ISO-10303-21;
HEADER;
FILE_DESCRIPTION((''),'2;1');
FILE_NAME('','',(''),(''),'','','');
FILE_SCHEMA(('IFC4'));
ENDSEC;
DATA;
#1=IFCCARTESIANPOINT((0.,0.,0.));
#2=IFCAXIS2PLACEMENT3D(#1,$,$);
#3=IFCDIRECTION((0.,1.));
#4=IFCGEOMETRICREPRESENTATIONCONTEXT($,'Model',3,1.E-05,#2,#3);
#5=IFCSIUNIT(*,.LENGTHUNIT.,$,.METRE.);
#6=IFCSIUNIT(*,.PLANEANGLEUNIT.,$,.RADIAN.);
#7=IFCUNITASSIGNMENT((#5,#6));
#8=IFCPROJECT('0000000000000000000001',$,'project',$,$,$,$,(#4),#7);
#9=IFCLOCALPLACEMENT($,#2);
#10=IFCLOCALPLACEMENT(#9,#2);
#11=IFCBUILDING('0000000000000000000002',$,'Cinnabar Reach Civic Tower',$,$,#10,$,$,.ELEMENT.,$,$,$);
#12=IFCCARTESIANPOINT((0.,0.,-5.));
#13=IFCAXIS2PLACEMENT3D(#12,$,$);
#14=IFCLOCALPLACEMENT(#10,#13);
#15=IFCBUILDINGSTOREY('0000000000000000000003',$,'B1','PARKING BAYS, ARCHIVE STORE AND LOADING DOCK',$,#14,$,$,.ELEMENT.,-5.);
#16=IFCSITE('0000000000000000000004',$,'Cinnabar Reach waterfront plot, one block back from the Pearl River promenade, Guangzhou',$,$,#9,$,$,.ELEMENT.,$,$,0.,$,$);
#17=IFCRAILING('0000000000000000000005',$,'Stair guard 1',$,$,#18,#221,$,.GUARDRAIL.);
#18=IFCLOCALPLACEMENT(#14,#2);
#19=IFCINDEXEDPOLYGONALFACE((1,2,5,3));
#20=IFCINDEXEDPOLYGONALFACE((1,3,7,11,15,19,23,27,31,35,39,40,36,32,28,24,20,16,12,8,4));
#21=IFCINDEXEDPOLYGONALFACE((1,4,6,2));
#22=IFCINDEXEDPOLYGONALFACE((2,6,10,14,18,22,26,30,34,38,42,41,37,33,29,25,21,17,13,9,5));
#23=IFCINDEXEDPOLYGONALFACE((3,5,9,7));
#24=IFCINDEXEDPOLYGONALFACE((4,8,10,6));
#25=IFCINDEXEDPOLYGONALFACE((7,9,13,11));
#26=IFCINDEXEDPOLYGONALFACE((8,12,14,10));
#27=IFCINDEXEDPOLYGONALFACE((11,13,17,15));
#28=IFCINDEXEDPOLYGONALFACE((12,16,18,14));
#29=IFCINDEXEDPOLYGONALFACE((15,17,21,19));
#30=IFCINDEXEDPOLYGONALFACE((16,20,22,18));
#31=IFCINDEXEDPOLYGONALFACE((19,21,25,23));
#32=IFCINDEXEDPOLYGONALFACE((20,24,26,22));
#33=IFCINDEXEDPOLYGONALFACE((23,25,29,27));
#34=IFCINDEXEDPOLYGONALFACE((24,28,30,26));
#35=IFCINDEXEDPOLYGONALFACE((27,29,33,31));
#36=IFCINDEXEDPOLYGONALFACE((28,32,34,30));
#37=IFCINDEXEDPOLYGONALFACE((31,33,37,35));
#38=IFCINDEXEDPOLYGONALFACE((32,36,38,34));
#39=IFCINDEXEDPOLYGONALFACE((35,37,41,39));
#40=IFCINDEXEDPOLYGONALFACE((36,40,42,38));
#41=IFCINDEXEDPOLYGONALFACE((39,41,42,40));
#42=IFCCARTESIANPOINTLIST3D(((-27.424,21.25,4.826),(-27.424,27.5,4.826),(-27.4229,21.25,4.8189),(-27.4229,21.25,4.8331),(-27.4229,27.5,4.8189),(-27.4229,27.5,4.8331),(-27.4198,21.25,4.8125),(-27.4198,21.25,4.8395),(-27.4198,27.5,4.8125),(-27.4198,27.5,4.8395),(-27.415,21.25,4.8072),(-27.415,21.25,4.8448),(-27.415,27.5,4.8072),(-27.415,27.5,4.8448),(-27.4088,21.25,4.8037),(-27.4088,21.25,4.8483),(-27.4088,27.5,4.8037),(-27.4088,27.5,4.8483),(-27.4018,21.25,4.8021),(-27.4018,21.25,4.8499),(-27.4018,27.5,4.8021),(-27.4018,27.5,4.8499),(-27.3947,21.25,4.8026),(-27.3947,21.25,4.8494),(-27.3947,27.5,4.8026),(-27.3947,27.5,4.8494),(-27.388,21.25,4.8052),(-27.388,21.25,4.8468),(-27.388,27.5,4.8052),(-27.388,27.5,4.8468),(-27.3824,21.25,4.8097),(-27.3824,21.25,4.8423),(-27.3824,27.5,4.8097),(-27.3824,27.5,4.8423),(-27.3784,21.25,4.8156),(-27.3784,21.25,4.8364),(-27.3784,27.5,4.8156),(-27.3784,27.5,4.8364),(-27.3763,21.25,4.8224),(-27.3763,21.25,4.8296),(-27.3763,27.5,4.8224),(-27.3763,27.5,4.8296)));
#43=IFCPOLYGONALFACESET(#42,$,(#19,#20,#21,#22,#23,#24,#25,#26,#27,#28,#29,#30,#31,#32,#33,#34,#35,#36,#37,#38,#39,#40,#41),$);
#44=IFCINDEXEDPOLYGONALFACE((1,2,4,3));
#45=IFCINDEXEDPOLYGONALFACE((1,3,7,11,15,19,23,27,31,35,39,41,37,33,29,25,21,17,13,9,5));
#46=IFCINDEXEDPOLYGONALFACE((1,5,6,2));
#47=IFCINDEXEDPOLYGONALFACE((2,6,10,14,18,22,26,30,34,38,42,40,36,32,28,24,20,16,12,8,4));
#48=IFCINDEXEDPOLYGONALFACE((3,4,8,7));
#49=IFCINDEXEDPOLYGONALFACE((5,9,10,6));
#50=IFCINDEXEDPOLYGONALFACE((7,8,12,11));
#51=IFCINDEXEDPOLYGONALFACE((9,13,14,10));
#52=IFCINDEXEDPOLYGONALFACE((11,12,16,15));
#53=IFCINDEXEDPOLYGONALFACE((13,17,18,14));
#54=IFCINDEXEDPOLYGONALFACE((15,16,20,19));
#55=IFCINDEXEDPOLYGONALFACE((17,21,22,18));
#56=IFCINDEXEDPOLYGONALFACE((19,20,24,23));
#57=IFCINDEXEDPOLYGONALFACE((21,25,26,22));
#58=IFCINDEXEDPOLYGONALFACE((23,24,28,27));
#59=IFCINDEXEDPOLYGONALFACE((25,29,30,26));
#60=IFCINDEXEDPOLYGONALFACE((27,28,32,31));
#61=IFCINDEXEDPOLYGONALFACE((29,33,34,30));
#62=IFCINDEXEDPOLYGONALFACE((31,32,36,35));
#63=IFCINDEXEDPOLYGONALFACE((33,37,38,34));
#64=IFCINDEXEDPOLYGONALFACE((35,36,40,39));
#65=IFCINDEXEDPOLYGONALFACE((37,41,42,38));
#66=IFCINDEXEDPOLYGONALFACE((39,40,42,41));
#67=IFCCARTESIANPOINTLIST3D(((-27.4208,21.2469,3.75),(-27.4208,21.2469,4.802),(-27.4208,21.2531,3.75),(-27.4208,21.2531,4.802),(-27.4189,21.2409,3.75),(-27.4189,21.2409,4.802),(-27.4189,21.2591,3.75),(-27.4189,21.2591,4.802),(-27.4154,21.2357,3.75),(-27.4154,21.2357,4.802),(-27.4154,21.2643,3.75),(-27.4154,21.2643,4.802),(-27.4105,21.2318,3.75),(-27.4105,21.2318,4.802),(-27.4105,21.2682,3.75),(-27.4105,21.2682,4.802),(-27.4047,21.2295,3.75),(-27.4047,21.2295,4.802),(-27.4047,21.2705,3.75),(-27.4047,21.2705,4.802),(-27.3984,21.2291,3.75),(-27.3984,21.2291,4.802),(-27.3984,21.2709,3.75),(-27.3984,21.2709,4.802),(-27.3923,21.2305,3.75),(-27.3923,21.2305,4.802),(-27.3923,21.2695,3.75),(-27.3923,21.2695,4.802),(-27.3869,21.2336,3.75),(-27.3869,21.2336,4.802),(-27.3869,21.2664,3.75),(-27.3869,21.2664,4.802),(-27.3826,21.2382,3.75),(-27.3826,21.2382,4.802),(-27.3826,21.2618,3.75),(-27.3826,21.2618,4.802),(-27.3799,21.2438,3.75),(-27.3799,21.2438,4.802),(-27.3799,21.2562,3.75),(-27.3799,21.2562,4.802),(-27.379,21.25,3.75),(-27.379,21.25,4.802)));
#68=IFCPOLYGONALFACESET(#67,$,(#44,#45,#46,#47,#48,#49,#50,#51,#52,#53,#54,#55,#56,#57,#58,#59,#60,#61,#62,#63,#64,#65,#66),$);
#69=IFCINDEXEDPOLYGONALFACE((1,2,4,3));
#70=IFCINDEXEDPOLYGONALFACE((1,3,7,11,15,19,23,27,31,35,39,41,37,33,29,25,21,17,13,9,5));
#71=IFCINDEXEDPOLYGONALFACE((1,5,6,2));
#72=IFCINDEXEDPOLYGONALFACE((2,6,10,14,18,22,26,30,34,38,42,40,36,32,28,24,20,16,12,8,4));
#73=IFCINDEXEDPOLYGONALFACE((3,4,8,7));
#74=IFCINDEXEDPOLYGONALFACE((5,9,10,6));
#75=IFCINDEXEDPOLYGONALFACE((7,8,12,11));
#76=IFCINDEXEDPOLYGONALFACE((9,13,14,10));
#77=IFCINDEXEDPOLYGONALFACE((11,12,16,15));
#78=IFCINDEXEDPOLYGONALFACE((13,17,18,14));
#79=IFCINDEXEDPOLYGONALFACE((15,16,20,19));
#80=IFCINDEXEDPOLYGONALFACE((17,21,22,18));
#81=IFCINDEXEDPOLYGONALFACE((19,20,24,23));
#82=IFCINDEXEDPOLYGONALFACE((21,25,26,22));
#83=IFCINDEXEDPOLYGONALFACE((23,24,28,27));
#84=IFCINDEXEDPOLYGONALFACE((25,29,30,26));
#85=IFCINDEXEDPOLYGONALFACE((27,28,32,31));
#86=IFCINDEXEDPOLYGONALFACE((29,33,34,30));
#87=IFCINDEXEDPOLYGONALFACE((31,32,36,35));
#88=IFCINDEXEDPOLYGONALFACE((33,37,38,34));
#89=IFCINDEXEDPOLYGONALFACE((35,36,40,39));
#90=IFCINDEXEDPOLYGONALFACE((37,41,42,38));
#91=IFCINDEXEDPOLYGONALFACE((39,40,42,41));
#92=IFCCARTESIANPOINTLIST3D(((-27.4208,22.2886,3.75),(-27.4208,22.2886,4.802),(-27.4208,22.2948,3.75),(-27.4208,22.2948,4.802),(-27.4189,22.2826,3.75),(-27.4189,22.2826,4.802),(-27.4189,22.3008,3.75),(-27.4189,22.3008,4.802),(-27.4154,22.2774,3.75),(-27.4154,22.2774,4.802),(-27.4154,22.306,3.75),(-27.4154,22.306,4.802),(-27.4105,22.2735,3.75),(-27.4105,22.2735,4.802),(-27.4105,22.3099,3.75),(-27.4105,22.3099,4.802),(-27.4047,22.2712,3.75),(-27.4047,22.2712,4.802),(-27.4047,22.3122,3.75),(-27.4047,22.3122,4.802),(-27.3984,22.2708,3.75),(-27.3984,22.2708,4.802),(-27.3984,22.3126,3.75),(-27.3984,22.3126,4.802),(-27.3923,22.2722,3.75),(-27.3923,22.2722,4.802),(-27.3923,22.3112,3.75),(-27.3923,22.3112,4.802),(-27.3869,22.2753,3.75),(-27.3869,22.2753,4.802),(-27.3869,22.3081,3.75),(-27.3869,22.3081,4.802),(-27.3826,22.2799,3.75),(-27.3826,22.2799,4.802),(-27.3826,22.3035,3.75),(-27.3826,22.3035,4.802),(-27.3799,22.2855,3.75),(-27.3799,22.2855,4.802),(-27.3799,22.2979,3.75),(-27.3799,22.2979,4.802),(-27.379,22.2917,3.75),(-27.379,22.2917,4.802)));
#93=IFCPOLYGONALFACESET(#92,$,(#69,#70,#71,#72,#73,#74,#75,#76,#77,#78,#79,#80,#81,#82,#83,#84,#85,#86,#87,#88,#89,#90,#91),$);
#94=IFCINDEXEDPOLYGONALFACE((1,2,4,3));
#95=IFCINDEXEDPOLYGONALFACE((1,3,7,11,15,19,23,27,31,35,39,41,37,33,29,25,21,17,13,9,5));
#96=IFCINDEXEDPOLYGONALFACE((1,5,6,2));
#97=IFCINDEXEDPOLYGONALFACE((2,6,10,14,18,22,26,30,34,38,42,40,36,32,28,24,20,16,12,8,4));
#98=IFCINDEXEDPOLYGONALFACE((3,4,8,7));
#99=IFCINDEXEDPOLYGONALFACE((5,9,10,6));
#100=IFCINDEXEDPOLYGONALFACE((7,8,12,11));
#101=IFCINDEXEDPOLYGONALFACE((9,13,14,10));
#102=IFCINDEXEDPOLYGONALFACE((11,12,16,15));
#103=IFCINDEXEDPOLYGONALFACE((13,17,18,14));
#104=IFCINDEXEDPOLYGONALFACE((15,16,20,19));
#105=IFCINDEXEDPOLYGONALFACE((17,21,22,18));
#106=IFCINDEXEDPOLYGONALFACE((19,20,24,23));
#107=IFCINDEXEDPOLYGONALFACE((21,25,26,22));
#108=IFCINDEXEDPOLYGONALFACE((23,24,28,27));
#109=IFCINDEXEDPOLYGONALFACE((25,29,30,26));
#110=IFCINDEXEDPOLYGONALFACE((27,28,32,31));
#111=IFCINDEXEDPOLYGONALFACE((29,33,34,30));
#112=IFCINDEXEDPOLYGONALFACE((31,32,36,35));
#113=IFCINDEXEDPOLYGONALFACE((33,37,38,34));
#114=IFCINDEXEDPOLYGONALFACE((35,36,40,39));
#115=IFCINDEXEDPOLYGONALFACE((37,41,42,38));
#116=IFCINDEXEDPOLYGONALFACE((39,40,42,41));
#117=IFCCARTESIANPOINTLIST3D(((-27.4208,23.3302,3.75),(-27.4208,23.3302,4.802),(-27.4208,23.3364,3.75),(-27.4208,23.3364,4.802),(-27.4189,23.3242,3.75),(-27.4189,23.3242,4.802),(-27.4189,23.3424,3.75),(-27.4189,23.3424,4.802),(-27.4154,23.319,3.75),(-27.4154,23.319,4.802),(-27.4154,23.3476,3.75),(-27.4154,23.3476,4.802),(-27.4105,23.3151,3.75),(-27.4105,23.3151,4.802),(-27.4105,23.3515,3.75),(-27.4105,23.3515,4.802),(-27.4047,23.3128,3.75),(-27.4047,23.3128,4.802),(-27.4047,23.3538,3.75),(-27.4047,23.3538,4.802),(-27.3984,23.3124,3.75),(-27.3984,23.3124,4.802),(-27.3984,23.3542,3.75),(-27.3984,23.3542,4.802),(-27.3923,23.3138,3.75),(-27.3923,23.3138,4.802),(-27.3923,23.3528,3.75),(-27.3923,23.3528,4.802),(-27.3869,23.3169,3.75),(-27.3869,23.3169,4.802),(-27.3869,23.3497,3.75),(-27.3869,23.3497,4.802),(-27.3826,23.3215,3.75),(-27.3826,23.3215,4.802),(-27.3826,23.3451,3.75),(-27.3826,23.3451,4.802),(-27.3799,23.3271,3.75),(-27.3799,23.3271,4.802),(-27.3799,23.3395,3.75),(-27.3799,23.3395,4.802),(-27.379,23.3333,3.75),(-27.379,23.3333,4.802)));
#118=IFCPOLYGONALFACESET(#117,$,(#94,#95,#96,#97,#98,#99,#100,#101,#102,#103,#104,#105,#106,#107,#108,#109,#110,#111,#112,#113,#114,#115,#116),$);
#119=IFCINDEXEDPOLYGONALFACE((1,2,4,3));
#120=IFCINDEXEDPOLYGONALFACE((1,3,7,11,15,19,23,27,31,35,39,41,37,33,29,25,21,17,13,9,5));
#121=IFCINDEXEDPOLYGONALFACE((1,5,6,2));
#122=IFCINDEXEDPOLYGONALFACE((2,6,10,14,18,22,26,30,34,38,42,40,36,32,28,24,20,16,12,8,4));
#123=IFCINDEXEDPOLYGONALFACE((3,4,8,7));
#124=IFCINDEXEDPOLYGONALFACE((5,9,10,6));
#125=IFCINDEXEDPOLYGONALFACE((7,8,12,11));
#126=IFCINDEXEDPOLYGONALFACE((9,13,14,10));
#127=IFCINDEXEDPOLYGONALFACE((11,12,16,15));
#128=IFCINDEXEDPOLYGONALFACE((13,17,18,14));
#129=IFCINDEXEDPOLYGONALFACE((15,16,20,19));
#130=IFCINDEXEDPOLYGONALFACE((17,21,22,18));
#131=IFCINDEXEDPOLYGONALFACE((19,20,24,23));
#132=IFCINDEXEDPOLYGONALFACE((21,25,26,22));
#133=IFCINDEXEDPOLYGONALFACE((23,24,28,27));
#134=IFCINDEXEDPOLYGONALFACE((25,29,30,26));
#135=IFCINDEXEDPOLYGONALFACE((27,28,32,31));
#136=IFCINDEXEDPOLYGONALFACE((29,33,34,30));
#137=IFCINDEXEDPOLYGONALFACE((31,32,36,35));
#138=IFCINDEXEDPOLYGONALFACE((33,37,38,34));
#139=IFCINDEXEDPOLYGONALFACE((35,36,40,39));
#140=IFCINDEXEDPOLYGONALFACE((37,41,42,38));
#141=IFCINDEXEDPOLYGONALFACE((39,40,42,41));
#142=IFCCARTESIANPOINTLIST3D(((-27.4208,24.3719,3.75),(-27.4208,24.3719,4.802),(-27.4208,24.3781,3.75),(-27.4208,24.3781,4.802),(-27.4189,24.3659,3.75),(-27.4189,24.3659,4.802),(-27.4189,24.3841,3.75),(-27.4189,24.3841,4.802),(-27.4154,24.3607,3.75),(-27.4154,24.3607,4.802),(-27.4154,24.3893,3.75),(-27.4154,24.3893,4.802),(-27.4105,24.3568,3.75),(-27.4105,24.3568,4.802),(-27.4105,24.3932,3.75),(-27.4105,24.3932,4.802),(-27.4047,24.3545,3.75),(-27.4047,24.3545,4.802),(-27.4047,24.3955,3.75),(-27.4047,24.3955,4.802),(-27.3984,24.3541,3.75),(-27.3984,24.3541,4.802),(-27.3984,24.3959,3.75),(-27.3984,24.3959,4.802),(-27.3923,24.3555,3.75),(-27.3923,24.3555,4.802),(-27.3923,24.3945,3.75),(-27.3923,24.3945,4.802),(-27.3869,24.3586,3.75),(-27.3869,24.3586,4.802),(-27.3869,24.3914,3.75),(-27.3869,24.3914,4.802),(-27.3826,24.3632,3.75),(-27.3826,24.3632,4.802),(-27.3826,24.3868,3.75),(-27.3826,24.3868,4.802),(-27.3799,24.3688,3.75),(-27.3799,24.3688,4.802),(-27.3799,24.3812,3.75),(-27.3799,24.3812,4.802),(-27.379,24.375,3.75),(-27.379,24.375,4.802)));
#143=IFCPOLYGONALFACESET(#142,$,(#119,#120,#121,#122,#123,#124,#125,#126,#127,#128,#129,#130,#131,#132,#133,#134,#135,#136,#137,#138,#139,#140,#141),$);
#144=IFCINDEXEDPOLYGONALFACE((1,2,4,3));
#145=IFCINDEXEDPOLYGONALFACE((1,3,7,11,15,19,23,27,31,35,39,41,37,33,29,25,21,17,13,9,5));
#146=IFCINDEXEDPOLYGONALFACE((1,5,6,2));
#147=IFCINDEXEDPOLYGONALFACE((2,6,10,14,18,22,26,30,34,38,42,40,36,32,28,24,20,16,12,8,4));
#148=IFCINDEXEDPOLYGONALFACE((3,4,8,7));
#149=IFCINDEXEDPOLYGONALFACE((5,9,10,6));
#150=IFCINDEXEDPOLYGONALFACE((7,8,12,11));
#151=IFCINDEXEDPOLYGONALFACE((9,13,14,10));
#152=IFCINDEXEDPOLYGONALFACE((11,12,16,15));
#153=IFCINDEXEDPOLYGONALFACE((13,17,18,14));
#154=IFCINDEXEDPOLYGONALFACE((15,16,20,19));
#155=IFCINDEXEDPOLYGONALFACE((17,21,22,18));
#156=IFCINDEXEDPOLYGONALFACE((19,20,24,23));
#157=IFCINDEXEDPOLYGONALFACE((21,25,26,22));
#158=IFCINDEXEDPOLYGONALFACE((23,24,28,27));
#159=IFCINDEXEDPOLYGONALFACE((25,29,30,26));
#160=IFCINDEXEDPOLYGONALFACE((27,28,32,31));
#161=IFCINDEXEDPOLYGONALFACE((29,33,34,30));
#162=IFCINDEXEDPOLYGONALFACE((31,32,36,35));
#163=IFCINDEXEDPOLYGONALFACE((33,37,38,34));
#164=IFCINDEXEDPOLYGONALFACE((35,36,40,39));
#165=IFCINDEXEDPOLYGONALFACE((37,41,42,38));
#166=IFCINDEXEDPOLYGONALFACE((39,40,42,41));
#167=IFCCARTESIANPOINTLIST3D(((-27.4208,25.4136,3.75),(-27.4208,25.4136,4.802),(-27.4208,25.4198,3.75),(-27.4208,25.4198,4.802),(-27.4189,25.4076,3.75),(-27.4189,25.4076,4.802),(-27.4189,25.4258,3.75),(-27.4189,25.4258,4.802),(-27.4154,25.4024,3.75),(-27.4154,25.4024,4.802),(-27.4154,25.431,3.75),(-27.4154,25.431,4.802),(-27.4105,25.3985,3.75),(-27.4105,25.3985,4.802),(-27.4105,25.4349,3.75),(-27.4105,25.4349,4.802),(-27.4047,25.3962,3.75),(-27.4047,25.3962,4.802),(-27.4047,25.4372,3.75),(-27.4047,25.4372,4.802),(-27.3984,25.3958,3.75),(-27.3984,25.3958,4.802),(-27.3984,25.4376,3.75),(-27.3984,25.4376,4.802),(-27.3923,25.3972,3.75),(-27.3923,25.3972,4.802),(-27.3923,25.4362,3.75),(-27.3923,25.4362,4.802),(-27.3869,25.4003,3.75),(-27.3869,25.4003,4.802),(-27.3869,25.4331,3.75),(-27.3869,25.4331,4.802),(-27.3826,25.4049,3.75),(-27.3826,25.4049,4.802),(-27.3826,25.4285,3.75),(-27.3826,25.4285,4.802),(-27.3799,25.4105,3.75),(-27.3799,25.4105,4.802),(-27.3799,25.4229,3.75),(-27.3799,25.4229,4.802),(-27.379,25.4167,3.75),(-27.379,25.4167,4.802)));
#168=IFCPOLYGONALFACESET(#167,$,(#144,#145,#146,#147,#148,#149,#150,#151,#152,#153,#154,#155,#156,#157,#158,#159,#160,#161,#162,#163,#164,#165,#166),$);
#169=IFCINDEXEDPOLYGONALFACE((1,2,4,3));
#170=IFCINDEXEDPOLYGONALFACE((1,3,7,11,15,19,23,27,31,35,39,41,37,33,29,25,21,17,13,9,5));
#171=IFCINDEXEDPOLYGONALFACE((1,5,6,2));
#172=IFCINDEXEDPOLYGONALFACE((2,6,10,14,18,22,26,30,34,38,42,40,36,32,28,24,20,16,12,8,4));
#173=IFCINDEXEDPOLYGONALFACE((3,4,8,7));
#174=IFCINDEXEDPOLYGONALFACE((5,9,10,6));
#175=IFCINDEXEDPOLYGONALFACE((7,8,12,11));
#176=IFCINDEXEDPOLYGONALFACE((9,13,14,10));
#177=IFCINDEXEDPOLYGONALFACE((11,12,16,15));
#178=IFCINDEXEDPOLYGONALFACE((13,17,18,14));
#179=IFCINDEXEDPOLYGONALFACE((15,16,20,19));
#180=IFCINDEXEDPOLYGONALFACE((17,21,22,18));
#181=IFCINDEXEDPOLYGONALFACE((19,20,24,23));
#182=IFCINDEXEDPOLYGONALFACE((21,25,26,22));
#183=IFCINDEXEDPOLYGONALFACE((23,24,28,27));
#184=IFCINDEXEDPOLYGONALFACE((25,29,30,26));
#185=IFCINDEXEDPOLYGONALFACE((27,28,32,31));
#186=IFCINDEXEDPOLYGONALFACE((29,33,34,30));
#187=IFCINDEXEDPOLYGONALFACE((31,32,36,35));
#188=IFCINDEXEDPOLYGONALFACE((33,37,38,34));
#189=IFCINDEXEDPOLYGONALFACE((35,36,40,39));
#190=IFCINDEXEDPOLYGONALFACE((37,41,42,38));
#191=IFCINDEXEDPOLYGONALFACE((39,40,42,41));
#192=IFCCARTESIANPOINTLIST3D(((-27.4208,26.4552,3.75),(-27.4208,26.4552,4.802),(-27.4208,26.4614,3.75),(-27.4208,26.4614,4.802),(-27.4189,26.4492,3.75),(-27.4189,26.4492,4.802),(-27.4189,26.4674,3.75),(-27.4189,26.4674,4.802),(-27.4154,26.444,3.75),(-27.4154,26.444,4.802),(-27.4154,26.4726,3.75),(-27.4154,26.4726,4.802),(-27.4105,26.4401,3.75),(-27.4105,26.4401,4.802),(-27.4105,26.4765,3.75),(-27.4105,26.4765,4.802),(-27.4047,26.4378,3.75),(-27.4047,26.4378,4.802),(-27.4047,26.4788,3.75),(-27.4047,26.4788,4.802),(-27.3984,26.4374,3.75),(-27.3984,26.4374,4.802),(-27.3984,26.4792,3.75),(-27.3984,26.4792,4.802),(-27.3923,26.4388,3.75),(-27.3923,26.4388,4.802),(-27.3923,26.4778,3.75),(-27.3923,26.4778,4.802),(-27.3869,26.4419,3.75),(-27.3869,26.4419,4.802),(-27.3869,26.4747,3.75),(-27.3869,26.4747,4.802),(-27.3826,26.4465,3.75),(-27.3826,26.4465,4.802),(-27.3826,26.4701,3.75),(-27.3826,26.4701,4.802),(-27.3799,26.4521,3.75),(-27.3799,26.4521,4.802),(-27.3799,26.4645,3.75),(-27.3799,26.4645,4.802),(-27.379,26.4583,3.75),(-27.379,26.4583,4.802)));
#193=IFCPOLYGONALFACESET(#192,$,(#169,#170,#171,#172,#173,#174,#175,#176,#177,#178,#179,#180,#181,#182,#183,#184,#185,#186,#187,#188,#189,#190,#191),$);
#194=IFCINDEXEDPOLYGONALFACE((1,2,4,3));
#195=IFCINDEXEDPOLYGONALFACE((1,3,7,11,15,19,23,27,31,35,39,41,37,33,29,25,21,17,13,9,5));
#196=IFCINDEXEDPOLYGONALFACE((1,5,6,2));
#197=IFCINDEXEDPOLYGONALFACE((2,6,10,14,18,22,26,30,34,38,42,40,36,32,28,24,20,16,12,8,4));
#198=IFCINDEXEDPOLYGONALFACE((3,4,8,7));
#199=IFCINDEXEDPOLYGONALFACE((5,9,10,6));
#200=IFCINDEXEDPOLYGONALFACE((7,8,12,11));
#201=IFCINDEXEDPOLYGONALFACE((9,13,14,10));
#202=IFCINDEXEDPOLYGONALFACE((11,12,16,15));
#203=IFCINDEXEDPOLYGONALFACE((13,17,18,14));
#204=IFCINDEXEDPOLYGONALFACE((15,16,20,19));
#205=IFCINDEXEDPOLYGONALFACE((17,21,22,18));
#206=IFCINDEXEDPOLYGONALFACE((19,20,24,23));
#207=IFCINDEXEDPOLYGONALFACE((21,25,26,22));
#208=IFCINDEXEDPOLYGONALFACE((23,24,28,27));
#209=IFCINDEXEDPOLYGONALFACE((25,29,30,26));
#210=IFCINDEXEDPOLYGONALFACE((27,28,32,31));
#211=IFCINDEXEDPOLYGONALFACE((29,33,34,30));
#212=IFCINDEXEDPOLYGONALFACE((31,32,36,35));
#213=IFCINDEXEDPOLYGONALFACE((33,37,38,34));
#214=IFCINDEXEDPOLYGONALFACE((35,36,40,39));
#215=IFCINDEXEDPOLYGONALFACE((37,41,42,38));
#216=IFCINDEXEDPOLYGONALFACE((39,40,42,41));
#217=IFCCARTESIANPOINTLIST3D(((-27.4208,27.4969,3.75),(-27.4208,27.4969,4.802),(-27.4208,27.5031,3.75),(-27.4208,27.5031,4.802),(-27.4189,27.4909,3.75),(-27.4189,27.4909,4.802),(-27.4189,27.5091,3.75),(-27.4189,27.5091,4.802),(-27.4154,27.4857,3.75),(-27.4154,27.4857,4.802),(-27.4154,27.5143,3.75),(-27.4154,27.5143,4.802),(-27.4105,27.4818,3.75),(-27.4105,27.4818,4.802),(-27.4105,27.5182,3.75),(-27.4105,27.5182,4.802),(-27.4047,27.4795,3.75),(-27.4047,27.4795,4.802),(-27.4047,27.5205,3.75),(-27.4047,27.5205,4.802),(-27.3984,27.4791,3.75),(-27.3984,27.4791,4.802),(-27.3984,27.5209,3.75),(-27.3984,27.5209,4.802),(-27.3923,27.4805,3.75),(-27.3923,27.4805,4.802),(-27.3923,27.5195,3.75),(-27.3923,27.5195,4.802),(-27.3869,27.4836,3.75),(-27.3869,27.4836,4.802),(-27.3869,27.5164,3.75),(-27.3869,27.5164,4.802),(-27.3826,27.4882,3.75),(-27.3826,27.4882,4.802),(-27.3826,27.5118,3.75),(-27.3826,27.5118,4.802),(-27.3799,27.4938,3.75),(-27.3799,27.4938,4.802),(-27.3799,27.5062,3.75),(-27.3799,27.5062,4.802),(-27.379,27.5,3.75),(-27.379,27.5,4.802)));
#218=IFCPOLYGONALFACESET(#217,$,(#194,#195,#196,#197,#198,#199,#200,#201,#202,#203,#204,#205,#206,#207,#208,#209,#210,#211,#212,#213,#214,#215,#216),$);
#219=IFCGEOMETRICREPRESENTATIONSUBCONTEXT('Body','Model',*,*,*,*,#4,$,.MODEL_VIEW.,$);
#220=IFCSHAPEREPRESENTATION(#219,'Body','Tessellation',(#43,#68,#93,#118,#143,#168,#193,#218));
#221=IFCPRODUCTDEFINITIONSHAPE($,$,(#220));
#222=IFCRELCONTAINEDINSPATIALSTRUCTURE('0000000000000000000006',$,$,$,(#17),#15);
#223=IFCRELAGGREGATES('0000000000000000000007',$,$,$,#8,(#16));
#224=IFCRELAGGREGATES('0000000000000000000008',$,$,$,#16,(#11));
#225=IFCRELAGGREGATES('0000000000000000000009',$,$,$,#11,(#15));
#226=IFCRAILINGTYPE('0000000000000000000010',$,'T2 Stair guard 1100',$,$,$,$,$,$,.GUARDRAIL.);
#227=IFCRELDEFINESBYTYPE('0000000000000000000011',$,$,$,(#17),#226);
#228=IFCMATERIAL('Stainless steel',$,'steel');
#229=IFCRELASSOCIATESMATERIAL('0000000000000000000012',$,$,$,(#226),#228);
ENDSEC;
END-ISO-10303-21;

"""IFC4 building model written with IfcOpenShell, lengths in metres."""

from ifc_helpers import new_model, si_unit, direction, frame, origin, origin_2d, place, context, subcontext, project, spatial, circle, extrude, material, type_object, element, save


model = new_model("IFC4")

# Units and contexts
model_context = context("Model", 3, precision=1e-05, world=origin(), true_north=direction((0.0, 1.0)))
body_context = subcontext(model_context, "Body", "Model", "MODEL_VIEW")
ifc_project = project(units=[si_unit("LENGTHUNIT", "METRE"), si_unit("PLANEANGLEUNIT", "RADIAN")], contexts=[model_context])

# Site, building, storey
site_placement = place(None, origin())
site = spatial("IfcSite", under=ifc_project, at=site_placement, Name="Cinnabar Reach waterfront plot, one block back from the Pearl River promenade, Guangzhou", CompositionType="ELEMENT", RefElevation=0.0)
building_placement = place(site_placement, origin())
building = spatial("IfcBuilding", under=site, at=building_placement, Name="Cinnabar Reach Civic Tower", CompositionType="ELEMENT")
storey_placement = place(building_placement, frame((0.0, 0.0, -5.0)))
storey = spatial("IfcBuildingStorey", under=building, at=storey_placement, Name="B1", Description="PARKING BAYS, ARCHIVE STORE AND LOADING DOCK", CompositionType="ELEMENT", Elevation=-5.0)

# Railing
ifc_material_1 = material(Name="Stainless steel", Category="steel")
railing_type_1 = type_object("IfcRailingType", Name="T2 Stair guard 1100", PredefinedType="GUARDRAIL", material=ifc_material_1)
for number, where, name in (
    (1, (-27.4, 21.25, 3.75), "Stair guard 1"),
):
    element("IfcRailing", number, at=place(storey_placement, frame(where)), inside=storey, type_object=railing_type_1, Name=name, PredefinedType="GUARDRAIL", context=body_context, shape_type="SweptSolid", body=[
        extrude(circle(Radius=0.024, at=origin_2d()), frame((0.0, 0.0, 1.076), z_axis=(0.0, 1.0, 0.0), x_axis=(-1.0, 0.0, 0.0)), (0.0, 0.0, 1.0), 6.25),
        extrude(circle(Radius=0.021, at=origin_2d()), origin(), (0.0, 0.0, 1.0), 1.052),
        extrude(circle(Radius=0.021, at=origin_2d()), frame((0.0, 1.0417, 0.0)), (0.0, 0.0, 1.0), 1.052),
        extrude(circle(Radius=0.021, at=origin_2d()), frame((0.0, 2.0833, 0.0)), (0.0, 0.0, 1.0), 1.052),
        extrude(circle(Radius=0.021, at=origin_2d()), frame((0.0, 3.125, 0.0)), (0.0, 0.0, 1.0), 1.052),
        extrude(circle(Radius=0.021, at=origin_2d()), frame((0.0, 4.1667, 0.0)), (0.0, 0.0, 1.0), 1.052),
        extrude(circle(Radius=0.021, at=origin_2d()), frame((0.0, 5.2083, 0.0)), (0.0, 0.0, 1.0), 1.052),
        extrude(circle(Radius=0.021, at=origin_2d()), frame((0.0, 6.25, 0.0)), (0.0, 0.0, 1.0), 1.052),
    ])

save(model, "model.ifc")
